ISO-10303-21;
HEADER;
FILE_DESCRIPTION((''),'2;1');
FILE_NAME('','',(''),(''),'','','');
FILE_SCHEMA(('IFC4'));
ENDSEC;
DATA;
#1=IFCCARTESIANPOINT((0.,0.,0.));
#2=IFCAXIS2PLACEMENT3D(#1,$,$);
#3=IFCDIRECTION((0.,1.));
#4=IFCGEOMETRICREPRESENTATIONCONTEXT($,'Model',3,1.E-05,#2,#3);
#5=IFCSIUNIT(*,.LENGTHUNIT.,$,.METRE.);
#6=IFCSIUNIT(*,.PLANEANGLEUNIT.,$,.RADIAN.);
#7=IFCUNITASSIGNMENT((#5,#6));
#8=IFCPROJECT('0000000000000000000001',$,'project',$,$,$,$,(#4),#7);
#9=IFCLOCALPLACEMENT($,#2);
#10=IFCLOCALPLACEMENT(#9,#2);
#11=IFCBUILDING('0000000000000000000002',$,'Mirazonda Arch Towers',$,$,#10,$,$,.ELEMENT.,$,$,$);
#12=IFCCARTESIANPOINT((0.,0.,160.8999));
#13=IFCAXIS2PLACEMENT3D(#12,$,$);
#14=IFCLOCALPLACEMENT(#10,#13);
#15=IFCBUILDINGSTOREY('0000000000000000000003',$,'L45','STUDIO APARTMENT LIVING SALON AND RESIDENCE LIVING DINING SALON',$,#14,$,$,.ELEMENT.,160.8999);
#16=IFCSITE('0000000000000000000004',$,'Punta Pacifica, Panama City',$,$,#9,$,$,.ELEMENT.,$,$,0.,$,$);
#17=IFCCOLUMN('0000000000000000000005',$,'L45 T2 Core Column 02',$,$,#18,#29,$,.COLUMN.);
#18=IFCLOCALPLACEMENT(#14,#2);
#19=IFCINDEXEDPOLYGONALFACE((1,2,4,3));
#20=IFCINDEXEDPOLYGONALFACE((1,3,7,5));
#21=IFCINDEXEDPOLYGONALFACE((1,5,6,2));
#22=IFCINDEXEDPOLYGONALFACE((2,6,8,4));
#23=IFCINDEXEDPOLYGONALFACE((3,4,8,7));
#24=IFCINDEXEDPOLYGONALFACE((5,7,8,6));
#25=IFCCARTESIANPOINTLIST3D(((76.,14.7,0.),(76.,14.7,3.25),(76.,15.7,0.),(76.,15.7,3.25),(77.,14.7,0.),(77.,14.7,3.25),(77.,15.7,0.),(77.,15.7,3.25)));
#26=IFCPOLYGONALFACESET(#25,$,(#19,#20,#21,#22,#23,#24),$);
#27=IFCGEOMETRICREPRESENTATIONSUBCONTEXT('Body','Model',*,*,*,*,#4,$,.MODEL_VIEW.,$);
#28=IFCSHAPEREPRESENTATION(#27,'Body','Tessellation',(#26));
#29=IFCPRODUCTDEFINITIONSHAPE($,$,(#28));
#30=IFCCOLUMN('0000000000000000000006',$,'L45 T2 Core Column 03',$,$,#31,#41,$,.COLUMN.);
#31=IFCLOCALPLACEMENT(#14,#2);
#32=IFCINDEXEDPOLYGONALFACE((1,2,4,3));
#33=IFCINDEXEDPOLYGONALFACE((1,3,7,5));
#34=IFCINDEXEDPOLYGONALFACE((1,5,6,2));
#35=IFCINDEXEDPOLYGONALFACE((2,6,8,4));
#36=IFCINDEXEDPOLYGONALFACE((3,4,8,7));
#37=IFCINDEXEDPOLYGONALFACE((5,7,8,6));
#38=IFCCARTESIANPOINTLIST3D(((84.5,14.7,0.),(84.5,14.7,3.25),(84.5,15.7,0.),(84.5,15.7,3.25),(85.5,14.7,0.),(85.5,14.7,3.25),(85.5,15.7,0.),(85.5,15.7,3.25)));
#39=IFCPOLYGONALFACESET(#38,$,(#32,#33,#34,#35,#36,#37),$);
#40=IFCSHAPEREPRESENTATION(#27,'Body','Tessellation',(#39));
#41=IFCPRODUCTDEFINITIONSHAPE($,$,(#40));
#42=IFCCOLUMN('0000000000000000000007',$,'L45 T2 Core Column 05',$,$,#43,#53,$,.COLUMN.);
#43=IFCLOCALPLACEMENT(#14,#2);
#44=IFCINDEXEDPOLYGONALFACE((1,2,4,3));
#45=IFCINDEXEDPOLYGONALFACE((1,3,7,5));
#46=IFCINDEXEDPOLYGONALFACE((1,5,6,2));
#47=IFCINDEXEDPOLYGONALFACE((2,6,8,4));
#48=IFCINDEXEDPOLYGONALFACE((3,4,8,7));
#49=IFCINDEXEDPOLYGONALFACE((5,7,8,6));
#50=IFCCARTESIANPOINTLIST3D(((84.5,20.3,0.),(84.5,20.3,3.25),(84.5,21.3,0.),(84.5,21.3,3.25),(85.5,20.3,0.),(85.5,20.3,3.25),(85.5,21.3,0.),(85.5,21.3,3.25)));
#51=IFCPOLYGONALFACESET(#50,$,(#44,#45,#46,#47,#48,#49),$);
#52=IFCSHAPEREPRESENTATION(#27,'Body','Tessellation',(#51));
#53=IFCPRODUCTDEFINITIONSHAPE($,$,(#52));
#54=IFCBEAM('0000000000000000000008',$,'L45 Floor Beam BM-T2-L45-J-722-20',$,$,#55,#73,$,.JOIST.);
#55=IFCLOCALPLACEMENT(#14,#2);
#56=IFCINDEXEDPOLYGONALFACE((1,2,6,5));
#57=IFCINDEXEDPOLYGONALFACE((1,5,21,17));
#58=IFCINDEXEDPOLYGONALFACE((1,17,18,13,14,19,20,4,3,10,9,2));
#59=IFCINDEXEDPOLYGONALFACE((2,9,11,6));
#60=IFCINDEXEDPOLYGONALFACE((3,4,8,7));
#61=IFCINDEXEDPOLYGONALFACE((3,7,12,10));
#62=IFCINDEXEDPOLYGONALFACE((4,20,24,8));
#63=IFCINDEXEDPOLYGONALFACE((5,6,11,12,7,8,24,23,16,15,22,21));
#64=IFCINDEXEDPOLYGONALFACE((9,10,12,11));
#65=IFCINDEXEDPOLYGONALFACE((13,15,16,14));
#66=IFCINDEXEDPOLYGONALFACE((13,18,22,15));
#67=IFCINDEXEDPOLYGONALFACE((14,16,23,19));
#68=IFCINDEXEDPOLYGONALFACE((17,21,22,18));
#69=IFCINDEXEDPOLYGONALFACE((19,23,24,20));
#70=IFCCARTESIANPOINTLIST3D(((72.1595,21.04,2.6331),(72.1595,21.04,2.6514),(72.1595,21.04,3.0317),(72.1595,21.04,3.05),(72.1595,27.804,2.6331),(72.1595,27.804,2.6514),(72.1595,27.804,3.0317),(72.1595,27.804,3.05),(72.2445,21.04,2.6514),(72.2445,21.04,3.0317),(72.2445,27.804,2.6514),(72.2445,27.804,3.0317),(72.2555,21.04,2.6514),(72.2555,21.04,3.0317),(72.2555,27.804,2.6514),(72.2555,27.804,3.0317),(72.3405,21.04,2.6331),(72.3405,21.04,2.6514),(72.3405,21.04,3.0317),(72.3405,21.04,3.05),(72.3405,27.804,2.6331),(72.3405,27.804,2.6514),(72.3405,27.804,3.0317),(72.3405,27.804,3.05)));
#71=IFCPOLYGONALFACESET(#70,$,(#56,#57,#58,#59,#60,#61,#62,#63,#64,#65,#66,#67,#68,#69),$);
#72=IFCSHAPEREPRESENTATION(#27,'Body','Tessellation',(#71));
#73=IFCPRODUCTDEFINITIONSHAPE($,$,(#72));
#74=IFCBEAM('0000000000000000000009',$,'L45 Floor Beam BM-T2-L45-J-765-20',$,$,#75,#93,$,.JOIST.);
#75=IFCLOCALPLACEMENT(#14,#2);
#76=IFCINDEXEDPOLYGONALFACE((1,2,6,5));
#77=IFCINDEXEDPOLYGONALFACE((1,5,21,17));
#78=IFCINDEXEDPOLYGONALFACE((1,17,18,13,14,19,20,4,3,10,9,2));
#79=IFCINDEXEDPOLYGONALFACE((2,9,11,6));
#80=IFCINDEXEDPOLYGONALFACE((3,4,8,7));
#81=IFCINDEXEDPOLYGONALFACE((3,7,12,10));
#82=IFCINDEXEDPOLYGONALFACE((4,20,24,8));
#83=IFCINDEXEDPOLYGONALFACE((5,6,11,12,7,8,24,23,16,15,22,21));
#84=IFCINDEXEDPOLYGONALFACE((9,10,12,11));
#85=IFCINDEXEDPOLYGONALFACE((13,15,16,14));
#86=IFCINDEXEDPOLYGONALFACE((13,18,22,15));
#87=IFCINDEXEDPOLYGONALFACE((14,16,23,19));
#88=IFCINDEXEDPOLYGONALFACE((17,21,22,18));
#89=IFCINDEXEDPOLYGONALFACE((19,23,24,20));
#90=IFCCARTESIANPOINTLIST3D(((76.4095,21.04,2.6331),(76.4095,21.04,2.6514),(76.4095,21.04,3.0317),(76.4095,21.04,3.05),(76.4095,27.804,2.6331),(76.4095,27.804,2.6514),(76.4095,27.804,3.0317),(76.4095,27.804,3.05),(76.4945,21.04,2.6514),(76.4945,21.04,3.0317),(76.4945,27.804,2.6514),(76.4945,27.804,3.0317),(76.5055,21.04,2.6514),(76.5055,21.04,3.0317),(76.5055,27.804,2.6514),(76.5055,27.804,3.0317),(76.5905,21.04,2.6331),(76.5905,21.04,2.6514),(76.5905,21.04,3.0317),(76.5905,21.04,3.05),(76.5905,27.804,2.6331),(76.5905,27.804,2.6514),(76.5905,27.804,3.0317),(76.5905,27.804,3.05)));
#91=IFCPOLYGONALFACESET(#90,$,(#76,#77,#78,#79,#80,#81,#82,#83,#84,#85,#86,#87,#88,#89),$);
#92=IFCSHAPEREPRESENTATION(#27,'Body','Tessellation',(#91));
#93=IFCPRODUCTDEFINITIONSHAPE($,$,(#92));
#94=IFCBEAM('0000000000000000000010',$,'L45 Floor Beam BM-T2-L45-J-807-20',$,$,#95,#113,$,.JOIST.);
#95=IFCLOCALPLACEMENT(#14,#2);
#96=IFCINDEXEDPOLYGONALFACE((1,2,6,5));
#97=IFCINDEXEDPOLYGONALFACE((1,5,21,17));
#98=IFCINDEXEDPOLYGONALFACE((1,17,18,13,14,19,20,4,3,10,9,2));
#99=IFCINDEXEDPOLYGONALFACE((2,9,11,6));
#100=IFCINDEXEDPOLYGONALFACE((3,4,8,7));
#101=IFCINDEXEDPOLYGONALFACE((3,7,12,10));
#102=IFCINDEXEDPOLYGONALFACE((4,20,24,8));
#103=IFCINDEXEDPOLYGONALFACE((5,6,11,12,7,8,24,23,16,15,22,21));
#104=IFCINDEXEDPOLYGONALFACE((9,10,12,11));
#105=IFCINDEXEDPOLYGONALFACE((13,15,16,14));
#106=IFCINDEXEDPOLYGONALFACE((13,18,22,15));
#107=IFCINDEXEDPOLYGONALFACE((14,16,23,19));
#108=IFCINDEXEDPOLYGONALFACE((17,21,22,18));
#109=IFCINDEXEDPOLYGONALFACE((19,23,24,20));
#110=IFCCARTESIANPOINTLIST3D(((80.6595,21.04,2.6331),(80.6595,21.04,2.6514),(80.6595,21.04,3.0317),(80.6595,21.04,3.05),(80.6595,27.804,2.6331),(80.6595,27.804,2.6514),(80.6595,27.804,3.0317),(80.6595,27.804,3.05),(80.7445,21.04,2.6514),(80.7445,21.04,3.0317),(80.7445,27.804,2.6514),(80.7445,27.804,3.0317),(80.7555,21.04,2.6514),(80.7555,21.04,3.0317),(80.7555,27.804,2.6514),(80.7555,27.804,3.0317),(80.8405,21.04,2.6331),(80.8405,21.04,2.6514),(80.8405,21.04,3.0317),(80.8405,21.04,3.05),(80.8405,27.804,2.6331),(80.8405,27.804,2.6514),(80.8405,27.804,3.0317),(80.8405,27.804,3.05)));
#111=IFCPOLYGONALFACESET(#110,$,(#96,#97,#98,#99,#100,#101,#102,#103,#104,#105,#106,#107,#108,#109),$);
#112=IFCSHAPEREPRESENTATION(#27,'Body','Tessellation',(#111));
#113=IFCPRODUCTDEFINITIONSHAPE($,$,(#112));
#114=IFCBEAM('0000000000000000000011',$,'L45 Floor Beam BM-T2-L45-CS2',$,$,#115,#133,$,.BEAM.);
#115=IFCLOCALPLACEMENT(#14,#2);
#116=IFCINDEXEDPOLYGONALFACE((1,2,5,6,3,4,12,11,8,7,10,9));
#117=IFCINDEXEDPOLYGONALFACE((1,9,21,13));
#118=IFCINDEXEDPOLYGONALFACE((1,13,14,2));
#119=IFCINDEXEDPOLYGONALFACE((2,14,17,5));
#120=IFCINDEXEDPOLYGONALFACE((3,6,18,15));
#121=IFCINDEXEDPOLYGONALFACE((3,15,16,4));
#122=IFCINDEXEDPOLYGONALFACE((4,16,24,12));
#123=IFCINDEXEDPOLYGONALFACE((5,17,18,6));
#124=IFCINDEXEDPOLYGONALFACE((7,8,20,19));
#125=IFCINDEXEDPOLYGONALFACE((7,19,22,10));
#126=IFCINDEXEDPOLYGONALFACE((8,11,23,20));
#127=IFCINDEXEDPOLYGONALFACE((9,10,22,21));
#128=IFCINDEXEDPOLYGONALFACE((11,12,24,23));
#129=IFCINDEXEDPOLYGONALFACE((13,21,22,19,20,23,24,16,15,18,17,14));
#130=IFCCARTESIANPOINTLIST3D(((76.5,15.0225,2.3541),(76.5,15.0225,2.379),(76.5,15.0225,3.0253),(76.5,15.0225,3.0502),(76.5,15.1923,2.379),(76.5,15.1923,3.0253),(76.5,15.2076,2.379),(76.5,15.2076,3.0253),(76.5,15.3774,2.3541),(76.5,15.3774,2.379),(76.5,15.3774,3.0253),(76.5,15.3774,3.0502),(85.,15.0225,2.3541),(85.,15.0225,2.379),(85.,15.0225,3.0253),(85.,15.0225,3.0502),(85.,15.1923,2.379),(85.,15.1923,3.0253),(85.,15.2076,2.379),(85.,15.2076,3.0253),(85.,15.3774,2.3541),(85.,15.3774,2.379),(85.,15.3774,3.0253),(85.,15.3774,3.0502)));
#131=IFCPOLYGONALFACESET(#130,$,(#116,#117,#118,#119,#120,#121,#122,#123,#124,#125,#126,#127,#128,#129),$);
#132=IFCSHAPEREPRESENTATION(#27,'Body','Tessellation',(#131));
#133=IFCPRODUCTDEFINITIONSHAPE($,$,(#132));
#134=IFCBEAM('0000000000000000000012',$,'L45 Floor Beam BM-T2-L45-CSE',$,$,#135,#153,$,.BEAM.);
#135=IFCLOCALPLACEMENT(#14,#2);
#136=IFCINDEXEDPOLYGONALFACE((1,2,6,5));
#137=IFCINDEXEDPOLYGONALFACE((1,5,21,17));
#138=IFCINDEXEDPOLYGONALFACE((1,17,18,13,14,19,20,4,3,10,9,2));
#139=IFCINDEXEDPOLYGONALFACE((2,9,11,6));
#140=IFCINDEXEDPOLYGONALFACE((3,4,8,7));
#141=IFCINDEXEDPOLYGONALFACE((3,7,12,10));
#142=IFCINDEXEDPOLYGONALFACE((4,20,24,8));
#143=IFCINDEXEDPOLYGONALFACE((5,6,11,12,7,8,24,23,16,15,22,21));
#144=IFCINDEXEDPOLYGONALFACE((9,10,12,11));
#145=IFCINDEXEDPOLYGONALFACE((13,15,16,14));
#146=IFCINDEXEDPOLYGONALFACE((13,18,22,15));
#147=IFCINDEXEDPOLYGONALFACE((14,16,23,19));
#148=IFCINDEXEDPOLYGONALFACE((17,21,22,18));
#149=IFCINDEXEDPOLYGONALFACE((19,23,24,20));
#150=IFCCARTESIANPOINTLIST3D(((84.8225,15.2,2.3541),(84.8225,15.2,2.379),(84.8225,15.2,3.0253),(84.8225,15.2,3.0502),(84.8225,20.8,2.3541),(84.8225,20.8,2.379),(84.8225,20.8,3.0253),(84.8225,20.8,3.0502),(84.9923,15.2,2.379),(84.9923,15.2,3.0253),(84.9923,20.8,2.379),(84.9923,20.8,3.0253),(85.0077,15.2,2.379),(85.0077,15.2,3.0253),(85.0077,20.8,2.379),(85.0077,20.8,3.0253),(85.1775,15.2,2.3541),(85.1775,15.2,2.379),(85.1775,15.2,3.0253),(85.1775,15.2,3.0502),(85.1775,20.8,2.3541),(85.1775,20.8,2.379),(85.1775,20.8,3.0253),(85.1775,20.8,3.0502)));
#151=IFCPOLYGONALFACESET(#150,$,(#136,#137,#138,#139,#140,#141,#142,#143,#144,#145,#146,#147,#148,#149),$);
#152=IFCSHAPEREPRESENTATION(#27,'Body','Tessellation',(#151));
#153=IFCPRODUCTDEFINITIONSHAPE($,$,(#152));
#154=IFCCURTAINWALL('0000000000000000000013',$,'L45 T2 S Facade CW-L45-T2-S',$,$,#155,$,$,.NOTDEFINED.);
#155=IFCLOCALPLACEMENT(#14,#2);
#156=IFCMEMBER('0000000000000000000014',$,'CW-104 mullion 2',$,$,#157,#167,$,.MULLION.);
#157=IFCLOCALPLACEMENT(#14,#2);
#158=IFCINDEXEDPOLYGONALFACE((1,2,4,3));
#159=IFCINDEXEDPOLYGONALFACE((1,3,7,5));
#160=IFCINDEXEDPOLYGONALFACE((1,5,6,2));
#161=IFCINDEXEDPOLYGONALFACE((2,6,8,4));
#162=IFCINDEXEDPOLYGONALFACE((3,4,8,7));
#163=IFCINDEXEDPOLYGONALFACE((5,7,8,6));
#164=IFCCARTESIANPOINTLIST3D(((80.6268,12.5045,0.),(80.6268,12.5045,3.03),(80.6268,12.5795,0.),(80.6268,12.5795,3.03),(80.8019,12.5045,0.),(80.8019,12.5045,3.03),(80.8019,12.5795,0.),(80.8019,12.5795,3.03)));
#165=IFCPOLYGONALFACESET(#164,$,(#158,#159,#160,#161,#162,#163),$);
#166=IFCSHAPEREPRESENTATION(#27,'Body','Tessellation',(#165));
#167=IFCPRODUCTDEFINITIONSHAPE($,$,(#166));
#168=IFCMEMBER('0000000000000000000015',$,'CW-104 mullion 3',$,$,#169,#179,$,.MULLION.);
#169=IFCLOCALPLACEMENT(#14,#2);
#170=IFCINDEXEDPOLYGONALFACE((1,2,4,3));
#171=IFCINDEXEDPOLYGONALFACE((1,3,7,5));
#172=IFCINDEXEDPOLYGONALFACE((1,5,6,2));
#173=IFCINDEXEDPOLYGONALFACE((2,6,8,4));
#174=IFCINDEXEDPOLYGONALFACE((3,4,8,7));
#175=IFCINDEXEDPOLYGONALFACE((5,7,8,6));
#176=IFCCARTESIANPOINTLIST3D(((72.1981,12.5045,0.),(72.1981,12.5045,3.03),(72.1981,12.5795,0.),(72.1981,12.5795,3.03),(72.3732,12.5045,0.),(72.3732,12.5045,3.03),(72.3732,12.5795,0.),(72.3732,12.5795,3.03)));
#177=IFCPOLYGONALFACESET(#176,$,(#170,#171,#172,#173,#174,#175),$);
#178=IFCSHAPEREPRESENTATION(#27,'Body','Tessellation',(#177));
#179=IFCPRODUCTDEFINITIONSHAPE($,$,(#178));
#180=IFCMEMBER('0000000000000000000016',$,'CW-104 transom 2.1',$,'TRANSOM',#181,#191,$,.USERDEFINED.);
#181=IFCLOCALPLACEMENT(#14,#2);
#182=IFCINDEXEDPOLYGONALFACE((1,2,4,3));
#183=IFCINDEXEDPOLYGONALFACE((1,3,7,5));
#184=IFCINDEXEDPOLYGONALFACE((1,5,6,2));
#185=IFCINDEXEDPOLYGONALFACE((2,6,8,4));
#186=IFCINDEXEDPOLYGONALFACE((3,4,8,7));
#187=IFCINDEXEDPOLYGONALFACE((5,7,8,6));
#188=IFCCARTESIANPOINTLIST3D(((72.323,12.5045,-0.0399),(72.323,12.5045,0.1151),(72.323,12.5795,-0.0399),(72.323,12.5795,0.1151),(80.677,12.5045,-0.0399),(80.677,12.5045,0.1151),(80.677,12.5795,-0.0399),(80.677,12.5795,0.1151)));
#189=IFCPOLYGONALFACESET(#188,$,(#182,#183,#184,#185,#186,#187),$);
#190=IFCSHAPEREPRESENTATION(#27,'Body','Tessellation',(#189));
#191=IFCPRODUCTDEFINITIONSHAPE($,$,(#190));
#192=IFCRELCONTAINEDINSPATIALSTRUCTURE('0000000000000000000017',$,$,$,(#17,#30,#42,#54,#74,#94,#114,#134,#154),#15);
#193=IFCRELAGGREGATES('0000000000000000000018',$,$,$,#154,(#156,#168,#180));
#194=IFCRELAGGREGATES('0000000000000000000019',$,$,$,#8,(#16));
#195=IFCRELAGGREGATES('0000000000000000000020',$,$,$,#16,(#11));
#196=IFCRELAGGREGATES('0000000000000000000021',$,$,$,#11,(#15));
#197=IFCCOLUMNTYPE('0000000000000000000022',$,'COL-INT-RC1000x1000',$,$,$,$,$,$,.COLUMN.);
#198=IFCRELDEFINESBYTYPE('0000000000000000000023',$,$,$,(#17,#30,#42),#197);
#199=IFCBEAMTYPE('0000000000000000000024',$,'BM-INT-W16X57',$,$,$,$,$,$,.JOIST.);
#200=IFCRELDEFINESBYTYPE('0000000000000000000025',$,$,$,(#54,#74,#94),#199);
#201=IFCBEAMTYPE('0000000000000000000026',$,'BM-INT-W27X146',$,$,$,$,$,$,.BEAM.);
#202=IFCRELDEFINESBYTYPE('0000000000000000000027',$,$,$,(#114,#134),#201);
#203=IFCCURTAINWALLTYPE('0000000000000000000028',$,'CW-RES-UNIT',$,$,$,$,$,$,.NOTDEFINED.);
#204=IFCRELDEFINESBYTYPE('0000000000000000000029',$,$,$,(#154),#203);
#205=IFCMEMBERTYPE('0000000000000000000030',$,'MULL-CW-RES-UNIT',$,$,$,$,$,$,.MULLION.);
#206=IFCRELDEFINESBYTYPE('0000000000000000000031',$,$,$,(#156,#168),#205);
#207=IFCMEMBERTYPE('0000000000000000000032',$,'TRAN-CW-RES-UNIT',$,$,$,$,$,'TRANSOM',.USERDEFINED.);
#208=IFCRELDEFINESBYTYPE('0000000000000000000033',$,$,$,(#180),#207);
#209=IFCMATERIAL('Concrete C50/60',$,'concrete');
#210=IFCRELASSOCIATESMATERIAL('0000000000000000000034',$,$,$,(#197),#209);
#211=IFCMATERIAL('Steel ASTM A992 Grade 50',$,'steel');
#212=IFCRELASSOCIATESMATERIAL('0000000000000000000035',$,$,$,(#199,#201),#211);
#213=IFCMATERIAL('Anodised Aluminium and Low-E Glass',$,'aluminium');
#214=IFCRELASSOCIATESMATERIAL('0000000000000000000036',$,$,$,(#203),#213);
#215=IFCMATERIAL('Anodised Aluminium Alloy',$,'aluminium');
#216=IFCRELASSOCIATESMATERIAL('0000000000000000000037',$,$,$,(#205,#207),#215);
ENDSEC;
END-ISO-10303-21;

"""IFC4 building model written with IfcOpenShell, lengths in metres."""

from ifc_helpers import new_model, si_unit, direction, frame, origin, origin_2d, place, context, subcontext, project, spatial, rectangle, i_section, extrude, material, material_profile, profile_set, type_object, element, aggregate, save


model = new_model("IFC4")

# Units and contexts
model_context = context("Model", 3, precision=1e-05, world=origin(), true_north=direction((0.0, 1.0)))
body_context = subcontext(model_context, "Body", "Model", "MODEL_VIEW")
ifc_project = project(units=[si_unit("LENGTHUNIT", "METRE"), si_unit("PLANEANGLEUNIT", "RADIAN")], contexts=[model_context])

# Site, building, storey
site_placement = place(None, origin())
site = spatial("IfcSite", under=ifc_project, at=site_placement, Name="Punta Pacifica, Panama City", CompositionType="ELEMENT", RefElevation=0.0)
building_placement = place(site_placement, origin())
building = spatial("IfcBuilding", under=site, at=building_placement, Name="Mirazonda Arch Towers", CompositionType="ELEMENT")
storey_placement = place(building_placement, frame((0.0, 0.0, 160.8999)))
storey = spatial("IfcBuildingStorey", under=building, at=storey_placement, Name="L45", Description="STUDIO APARTMENT LIVING SALON AND RESIDENCE LIVING DINING SALON", CompositionType="ELEMENT", Elevation=160.8999)

# Columns
ifc_material_1 = material(Name="Concrete C50/60", Category="concrete")
ifc_material_profile_1 = material_profile(ifc_material_1, rectangle(XDim=1.0, YDim=1.0, at=origin_2d()), Name="RC1000x1000")
ifc_profile_set_1 = profile_set([ifc_material_profile_1], Name="Concrete C50/60")
column_type = type_object("IfcColumnType", Name="COL-INT-RC1000x1000", PredefinedType="COLUMN", material=ifc_profile_set_1)
for number, where, z_axis, x_axis, name in (
    (1, (76.5, 15.2, 0.0), (0.0, 0.0, 1.0), (1.0, 0.0, 0.0), "L45 T2 Core Column 02"),
    (2, (85.0, 15.2, 0.0), (0.0, 0.0, 1.0), (1.0, 0.0, 0.0), "L45 T2 Core Column 03"),
    (3, (85.0, 20.8, 0.0), (0.0, 0.0, 1.0), (1.0, 0.0, 0.0), "L45 T2 Core Column 05"),
):
    element("IfcColumn", number, at=place(storey_placement, frame(where, z_axis=z_axis, x_axis=x_axis)), inside=storey, type_object=column_type, Name=name, PredefinedType="COLUMN", context=body_context, shape_type="SweptSolid", body=[
        extrude(rectangle(XDim=1.0, YDim=1.0, at=origin_2d()), origin(), (0.0, 0.0, 1.0), 3.25),
    ])

# Beams
ifc_material_2 = material(Name="Steel ASTM A992 Grade 50", Category="steel")
ifc_material_profile_2 = material_profile(ifc_material_2, i_section(OverallWidth=0.1809, OverallDepth=0.417, WebThickness=0.011, FlangeThickness=0.0183, at=origin_2d()), Name="W16X57")
ifc_profile_set_2 = profile_set([ifc_material_profile_2], Name="Steel ASTM A992 Grade 50")
beam_type_1 = type_object("IfcBeamType", Name="BM-INT-W16X57", PredefinedType="JOIST", material=ifc_profile_set_2)
for number, where, z_axis, x_axis, name in (
    (4, (72.25, 21.04, 2.8416), (0.0, 1.0, 0.0), (-1.0, 0.0, 0.0), "L45 Floor Beam BM-T2-L45-J-722-20"),
    (5, (76.5, 21.04, 2.8416), (0.0, 1.0, 0.0), (-1.0, 0.0, 0.0), "L45 Floor Beam BM-T2-L45-J-765-20"),
    (6, (80.75, 21.04, 2.8416), (0.0, 1.0, 0.0), (-1.0, 0.0, 0.0), "L45 Floor Beam BM-T2-L45-J-807-20"),
):
    element("IfcBeam", number, at=place(storey_placement, frame(where, z_axis=z_axis, x_axis=x_axis)), inside=storey, type_object=beam_type_1, Name=name, PredefinedType="JOIST", context=body_context, shape_type="SweptSolid", body=[
        extrude(i_section(OverallWidth=0.1809, OverallDepth=0.417, WebThickness=0.011, FlangeThickness=0.0183, at=origin_2d()), origin(), (0.0, 0.0, 1.0), 6.7639),
    ])
ifc_material_profile_3 = material_profile(ifc_material_2, i_section(OverallWidth=0.355, OverallDepth=0.696, WebThickness=0.0154, FlangeThickness=0.0249, at=origin_2d()), Name="W27X146")
ifc_profile_set_3 = profile_set([ifc_material_profile_3], Name="Steel ASTM A992 Grade 50")
beam_type_2 = type_object("IfcBeamType", Name="BM-INT-W27X146", PredefinedType="BEAM", material=ifc_profile_set_3)
beam_1_placement = place(storey_placement, frame((76.5, 15.2, 2.7021), z_axis=(1.0, 0.0, 0.0), x_axis=(0.0, 1.0, 0.0)))
element("IfcBeam", 7, at=beam_1_placement, inside=storey, type_object=beam_type_2, Name="L45 Floor Beam BM-T2-L45-CS2", PredefinedType="BEAM", context=body_context, shape_type="SweptSolid", body=[
    extrude(i_section(OverallWidth=0.355, OverallDepth=0.696, WebThickness=0.0154, FlangeThickness=0.0249, at=origin_2d()), origin(), (0.0, 0.0, 1.0), 8.5),
])
beam_2_placement = place(storey_placement, frame((85.0, 15.2, 2.7021), z_axis=(0.0, 1.0, 0.0), x_axis=(-1.0, 0.0, 0.0)))
element("IfcBeam", 8, at=beam_2_placement, inside=storey, type_object=beam_type_2, Name="L45 Floor Beam BM-T2-L45-CSE", PredefinedType="BEAM", context=body_context, shape_type="SweptSolid", body=[
    extrude(i_section(OverallWidth=0.355, OverallDepth=0.696, WebThickness=0.0154, FlangeThickness=0.0249, at=origin_2d()), origin(), (0.0, 0.0, 1.0), 5.6001),
])

# Curtain wall, members
ifc_material_3 = material(Name="Anodised Aluminium and Low-E Glass", Category="aluminium")
curtain_wall_type = type_object("IfcCurtainWallType", Name="CW-RES-UNIT", PredefinedType="NOTDEFINED", material=ifc_material_3)
curtain_wall_placement = place(storey_placement, origin())
curtain_wall = element("IfcCurtainWall", 9, at=curtain_wall_placement, inside=storey, type_object=curtain_wall_type, Name="L45 T2 S Facade CW-L45-T2-S", PredefinedType="NOTDEFINED")
ifc_material_4 = material(Name="Anodised Aluminium Alloy", Category="aluminium")
ifc_material_profile_4 = material_profile(ifc_material_4, rectangle(XDim=0.075, YDim=0.175, at=origin_2d()), Name="ALU-MULL-75x175")
ifc_profile_set_4 = profile_set([ifc_material_profile_4], Name="Anodised Aluminium Alloy")
member_type_1 = type_object("IfcMemberType", Name="MULL-CW-RES-UNIT", PredefinedType="MULLION", material=ifc_profile_set_4)
member_1_placement = place(storey_placement, frame((80.7144, 12.542, 0.0), z_axis=(0.0, 0.0, 1.0), x_axis=(0.0, -1.0, 0.0)))
member_1 = element("IfcMember", 10, at=member_1_placement, type_object=member_type_1, Name="CW-104 mullion 2", PredefinedType="MULLION", context=body_context, shape_type="SweptSolid", body=[
    extrude(rectangle(XDim=0.075, YDim=0.175, at=origin_2d()), origin(), (0.0, 0.0, 1.0), 3.03),
])
member_2_placement = place(storey_placement, frame((72.2856, 12.542, 0.0), z_axis=(0.0, 0.0, 1.0), x_axis=(0.0, -1.0, 0.0)))
member_2 = element("IfcMember", 11, at=member_2_placement, type_object=member_type_1, Name="CW-104 mullion 3", PredefinedType="MULLION", context=body_context, shape_type="SweptSolid", body=[
    extrude(rectangle(XDim=0.075, YDim=0.175, at=origin_2d()), origin(), (0.0, 0.0, 1.0), 3.03),
])
ifc_material_profile_5 = material_profile(ifc_material_4, rectangle(XDim=0.075, YDim=0.155, at=origin_2d()), Name="ALU-TRAN-75x155")
ifc_profile_set_5 = profile_set([ifc_material_profile_5], Name="Anodised Aluminium Alloy")
member_type_2 = type_object("IfcMemberType", Name="TRAN-CW-RES-UNIT", ElementType="TRANSOM", PredefinedType="USERDEFINED", material=ifc_profile_set_5)
member_3_placement = place(storey_placement, frame((80.677, 12.542, 0.0376), z_axis=(-1.0, 0.0, 0.0), x_axis=(0.0, -1.0, 0.0)))
member_3 = element("IfcMember", 12, at=member_3_placement, type_object=member_type_2, Name="CW-104 transom 2.1", ObjectType="TRANSOM", PredefinedType="USERDEFINED", context=body_context, shape_type="SweptSolid", body=[
    extrude(rectangle(XDim=0.075, YDim=0.155, at=origin_2d()), origin(), (0.0, 0.0, 1.0), 8.354),
])
aggregate(curtain_wall, [member_1, member_2, member_3])

save(model, "model.ifc")
